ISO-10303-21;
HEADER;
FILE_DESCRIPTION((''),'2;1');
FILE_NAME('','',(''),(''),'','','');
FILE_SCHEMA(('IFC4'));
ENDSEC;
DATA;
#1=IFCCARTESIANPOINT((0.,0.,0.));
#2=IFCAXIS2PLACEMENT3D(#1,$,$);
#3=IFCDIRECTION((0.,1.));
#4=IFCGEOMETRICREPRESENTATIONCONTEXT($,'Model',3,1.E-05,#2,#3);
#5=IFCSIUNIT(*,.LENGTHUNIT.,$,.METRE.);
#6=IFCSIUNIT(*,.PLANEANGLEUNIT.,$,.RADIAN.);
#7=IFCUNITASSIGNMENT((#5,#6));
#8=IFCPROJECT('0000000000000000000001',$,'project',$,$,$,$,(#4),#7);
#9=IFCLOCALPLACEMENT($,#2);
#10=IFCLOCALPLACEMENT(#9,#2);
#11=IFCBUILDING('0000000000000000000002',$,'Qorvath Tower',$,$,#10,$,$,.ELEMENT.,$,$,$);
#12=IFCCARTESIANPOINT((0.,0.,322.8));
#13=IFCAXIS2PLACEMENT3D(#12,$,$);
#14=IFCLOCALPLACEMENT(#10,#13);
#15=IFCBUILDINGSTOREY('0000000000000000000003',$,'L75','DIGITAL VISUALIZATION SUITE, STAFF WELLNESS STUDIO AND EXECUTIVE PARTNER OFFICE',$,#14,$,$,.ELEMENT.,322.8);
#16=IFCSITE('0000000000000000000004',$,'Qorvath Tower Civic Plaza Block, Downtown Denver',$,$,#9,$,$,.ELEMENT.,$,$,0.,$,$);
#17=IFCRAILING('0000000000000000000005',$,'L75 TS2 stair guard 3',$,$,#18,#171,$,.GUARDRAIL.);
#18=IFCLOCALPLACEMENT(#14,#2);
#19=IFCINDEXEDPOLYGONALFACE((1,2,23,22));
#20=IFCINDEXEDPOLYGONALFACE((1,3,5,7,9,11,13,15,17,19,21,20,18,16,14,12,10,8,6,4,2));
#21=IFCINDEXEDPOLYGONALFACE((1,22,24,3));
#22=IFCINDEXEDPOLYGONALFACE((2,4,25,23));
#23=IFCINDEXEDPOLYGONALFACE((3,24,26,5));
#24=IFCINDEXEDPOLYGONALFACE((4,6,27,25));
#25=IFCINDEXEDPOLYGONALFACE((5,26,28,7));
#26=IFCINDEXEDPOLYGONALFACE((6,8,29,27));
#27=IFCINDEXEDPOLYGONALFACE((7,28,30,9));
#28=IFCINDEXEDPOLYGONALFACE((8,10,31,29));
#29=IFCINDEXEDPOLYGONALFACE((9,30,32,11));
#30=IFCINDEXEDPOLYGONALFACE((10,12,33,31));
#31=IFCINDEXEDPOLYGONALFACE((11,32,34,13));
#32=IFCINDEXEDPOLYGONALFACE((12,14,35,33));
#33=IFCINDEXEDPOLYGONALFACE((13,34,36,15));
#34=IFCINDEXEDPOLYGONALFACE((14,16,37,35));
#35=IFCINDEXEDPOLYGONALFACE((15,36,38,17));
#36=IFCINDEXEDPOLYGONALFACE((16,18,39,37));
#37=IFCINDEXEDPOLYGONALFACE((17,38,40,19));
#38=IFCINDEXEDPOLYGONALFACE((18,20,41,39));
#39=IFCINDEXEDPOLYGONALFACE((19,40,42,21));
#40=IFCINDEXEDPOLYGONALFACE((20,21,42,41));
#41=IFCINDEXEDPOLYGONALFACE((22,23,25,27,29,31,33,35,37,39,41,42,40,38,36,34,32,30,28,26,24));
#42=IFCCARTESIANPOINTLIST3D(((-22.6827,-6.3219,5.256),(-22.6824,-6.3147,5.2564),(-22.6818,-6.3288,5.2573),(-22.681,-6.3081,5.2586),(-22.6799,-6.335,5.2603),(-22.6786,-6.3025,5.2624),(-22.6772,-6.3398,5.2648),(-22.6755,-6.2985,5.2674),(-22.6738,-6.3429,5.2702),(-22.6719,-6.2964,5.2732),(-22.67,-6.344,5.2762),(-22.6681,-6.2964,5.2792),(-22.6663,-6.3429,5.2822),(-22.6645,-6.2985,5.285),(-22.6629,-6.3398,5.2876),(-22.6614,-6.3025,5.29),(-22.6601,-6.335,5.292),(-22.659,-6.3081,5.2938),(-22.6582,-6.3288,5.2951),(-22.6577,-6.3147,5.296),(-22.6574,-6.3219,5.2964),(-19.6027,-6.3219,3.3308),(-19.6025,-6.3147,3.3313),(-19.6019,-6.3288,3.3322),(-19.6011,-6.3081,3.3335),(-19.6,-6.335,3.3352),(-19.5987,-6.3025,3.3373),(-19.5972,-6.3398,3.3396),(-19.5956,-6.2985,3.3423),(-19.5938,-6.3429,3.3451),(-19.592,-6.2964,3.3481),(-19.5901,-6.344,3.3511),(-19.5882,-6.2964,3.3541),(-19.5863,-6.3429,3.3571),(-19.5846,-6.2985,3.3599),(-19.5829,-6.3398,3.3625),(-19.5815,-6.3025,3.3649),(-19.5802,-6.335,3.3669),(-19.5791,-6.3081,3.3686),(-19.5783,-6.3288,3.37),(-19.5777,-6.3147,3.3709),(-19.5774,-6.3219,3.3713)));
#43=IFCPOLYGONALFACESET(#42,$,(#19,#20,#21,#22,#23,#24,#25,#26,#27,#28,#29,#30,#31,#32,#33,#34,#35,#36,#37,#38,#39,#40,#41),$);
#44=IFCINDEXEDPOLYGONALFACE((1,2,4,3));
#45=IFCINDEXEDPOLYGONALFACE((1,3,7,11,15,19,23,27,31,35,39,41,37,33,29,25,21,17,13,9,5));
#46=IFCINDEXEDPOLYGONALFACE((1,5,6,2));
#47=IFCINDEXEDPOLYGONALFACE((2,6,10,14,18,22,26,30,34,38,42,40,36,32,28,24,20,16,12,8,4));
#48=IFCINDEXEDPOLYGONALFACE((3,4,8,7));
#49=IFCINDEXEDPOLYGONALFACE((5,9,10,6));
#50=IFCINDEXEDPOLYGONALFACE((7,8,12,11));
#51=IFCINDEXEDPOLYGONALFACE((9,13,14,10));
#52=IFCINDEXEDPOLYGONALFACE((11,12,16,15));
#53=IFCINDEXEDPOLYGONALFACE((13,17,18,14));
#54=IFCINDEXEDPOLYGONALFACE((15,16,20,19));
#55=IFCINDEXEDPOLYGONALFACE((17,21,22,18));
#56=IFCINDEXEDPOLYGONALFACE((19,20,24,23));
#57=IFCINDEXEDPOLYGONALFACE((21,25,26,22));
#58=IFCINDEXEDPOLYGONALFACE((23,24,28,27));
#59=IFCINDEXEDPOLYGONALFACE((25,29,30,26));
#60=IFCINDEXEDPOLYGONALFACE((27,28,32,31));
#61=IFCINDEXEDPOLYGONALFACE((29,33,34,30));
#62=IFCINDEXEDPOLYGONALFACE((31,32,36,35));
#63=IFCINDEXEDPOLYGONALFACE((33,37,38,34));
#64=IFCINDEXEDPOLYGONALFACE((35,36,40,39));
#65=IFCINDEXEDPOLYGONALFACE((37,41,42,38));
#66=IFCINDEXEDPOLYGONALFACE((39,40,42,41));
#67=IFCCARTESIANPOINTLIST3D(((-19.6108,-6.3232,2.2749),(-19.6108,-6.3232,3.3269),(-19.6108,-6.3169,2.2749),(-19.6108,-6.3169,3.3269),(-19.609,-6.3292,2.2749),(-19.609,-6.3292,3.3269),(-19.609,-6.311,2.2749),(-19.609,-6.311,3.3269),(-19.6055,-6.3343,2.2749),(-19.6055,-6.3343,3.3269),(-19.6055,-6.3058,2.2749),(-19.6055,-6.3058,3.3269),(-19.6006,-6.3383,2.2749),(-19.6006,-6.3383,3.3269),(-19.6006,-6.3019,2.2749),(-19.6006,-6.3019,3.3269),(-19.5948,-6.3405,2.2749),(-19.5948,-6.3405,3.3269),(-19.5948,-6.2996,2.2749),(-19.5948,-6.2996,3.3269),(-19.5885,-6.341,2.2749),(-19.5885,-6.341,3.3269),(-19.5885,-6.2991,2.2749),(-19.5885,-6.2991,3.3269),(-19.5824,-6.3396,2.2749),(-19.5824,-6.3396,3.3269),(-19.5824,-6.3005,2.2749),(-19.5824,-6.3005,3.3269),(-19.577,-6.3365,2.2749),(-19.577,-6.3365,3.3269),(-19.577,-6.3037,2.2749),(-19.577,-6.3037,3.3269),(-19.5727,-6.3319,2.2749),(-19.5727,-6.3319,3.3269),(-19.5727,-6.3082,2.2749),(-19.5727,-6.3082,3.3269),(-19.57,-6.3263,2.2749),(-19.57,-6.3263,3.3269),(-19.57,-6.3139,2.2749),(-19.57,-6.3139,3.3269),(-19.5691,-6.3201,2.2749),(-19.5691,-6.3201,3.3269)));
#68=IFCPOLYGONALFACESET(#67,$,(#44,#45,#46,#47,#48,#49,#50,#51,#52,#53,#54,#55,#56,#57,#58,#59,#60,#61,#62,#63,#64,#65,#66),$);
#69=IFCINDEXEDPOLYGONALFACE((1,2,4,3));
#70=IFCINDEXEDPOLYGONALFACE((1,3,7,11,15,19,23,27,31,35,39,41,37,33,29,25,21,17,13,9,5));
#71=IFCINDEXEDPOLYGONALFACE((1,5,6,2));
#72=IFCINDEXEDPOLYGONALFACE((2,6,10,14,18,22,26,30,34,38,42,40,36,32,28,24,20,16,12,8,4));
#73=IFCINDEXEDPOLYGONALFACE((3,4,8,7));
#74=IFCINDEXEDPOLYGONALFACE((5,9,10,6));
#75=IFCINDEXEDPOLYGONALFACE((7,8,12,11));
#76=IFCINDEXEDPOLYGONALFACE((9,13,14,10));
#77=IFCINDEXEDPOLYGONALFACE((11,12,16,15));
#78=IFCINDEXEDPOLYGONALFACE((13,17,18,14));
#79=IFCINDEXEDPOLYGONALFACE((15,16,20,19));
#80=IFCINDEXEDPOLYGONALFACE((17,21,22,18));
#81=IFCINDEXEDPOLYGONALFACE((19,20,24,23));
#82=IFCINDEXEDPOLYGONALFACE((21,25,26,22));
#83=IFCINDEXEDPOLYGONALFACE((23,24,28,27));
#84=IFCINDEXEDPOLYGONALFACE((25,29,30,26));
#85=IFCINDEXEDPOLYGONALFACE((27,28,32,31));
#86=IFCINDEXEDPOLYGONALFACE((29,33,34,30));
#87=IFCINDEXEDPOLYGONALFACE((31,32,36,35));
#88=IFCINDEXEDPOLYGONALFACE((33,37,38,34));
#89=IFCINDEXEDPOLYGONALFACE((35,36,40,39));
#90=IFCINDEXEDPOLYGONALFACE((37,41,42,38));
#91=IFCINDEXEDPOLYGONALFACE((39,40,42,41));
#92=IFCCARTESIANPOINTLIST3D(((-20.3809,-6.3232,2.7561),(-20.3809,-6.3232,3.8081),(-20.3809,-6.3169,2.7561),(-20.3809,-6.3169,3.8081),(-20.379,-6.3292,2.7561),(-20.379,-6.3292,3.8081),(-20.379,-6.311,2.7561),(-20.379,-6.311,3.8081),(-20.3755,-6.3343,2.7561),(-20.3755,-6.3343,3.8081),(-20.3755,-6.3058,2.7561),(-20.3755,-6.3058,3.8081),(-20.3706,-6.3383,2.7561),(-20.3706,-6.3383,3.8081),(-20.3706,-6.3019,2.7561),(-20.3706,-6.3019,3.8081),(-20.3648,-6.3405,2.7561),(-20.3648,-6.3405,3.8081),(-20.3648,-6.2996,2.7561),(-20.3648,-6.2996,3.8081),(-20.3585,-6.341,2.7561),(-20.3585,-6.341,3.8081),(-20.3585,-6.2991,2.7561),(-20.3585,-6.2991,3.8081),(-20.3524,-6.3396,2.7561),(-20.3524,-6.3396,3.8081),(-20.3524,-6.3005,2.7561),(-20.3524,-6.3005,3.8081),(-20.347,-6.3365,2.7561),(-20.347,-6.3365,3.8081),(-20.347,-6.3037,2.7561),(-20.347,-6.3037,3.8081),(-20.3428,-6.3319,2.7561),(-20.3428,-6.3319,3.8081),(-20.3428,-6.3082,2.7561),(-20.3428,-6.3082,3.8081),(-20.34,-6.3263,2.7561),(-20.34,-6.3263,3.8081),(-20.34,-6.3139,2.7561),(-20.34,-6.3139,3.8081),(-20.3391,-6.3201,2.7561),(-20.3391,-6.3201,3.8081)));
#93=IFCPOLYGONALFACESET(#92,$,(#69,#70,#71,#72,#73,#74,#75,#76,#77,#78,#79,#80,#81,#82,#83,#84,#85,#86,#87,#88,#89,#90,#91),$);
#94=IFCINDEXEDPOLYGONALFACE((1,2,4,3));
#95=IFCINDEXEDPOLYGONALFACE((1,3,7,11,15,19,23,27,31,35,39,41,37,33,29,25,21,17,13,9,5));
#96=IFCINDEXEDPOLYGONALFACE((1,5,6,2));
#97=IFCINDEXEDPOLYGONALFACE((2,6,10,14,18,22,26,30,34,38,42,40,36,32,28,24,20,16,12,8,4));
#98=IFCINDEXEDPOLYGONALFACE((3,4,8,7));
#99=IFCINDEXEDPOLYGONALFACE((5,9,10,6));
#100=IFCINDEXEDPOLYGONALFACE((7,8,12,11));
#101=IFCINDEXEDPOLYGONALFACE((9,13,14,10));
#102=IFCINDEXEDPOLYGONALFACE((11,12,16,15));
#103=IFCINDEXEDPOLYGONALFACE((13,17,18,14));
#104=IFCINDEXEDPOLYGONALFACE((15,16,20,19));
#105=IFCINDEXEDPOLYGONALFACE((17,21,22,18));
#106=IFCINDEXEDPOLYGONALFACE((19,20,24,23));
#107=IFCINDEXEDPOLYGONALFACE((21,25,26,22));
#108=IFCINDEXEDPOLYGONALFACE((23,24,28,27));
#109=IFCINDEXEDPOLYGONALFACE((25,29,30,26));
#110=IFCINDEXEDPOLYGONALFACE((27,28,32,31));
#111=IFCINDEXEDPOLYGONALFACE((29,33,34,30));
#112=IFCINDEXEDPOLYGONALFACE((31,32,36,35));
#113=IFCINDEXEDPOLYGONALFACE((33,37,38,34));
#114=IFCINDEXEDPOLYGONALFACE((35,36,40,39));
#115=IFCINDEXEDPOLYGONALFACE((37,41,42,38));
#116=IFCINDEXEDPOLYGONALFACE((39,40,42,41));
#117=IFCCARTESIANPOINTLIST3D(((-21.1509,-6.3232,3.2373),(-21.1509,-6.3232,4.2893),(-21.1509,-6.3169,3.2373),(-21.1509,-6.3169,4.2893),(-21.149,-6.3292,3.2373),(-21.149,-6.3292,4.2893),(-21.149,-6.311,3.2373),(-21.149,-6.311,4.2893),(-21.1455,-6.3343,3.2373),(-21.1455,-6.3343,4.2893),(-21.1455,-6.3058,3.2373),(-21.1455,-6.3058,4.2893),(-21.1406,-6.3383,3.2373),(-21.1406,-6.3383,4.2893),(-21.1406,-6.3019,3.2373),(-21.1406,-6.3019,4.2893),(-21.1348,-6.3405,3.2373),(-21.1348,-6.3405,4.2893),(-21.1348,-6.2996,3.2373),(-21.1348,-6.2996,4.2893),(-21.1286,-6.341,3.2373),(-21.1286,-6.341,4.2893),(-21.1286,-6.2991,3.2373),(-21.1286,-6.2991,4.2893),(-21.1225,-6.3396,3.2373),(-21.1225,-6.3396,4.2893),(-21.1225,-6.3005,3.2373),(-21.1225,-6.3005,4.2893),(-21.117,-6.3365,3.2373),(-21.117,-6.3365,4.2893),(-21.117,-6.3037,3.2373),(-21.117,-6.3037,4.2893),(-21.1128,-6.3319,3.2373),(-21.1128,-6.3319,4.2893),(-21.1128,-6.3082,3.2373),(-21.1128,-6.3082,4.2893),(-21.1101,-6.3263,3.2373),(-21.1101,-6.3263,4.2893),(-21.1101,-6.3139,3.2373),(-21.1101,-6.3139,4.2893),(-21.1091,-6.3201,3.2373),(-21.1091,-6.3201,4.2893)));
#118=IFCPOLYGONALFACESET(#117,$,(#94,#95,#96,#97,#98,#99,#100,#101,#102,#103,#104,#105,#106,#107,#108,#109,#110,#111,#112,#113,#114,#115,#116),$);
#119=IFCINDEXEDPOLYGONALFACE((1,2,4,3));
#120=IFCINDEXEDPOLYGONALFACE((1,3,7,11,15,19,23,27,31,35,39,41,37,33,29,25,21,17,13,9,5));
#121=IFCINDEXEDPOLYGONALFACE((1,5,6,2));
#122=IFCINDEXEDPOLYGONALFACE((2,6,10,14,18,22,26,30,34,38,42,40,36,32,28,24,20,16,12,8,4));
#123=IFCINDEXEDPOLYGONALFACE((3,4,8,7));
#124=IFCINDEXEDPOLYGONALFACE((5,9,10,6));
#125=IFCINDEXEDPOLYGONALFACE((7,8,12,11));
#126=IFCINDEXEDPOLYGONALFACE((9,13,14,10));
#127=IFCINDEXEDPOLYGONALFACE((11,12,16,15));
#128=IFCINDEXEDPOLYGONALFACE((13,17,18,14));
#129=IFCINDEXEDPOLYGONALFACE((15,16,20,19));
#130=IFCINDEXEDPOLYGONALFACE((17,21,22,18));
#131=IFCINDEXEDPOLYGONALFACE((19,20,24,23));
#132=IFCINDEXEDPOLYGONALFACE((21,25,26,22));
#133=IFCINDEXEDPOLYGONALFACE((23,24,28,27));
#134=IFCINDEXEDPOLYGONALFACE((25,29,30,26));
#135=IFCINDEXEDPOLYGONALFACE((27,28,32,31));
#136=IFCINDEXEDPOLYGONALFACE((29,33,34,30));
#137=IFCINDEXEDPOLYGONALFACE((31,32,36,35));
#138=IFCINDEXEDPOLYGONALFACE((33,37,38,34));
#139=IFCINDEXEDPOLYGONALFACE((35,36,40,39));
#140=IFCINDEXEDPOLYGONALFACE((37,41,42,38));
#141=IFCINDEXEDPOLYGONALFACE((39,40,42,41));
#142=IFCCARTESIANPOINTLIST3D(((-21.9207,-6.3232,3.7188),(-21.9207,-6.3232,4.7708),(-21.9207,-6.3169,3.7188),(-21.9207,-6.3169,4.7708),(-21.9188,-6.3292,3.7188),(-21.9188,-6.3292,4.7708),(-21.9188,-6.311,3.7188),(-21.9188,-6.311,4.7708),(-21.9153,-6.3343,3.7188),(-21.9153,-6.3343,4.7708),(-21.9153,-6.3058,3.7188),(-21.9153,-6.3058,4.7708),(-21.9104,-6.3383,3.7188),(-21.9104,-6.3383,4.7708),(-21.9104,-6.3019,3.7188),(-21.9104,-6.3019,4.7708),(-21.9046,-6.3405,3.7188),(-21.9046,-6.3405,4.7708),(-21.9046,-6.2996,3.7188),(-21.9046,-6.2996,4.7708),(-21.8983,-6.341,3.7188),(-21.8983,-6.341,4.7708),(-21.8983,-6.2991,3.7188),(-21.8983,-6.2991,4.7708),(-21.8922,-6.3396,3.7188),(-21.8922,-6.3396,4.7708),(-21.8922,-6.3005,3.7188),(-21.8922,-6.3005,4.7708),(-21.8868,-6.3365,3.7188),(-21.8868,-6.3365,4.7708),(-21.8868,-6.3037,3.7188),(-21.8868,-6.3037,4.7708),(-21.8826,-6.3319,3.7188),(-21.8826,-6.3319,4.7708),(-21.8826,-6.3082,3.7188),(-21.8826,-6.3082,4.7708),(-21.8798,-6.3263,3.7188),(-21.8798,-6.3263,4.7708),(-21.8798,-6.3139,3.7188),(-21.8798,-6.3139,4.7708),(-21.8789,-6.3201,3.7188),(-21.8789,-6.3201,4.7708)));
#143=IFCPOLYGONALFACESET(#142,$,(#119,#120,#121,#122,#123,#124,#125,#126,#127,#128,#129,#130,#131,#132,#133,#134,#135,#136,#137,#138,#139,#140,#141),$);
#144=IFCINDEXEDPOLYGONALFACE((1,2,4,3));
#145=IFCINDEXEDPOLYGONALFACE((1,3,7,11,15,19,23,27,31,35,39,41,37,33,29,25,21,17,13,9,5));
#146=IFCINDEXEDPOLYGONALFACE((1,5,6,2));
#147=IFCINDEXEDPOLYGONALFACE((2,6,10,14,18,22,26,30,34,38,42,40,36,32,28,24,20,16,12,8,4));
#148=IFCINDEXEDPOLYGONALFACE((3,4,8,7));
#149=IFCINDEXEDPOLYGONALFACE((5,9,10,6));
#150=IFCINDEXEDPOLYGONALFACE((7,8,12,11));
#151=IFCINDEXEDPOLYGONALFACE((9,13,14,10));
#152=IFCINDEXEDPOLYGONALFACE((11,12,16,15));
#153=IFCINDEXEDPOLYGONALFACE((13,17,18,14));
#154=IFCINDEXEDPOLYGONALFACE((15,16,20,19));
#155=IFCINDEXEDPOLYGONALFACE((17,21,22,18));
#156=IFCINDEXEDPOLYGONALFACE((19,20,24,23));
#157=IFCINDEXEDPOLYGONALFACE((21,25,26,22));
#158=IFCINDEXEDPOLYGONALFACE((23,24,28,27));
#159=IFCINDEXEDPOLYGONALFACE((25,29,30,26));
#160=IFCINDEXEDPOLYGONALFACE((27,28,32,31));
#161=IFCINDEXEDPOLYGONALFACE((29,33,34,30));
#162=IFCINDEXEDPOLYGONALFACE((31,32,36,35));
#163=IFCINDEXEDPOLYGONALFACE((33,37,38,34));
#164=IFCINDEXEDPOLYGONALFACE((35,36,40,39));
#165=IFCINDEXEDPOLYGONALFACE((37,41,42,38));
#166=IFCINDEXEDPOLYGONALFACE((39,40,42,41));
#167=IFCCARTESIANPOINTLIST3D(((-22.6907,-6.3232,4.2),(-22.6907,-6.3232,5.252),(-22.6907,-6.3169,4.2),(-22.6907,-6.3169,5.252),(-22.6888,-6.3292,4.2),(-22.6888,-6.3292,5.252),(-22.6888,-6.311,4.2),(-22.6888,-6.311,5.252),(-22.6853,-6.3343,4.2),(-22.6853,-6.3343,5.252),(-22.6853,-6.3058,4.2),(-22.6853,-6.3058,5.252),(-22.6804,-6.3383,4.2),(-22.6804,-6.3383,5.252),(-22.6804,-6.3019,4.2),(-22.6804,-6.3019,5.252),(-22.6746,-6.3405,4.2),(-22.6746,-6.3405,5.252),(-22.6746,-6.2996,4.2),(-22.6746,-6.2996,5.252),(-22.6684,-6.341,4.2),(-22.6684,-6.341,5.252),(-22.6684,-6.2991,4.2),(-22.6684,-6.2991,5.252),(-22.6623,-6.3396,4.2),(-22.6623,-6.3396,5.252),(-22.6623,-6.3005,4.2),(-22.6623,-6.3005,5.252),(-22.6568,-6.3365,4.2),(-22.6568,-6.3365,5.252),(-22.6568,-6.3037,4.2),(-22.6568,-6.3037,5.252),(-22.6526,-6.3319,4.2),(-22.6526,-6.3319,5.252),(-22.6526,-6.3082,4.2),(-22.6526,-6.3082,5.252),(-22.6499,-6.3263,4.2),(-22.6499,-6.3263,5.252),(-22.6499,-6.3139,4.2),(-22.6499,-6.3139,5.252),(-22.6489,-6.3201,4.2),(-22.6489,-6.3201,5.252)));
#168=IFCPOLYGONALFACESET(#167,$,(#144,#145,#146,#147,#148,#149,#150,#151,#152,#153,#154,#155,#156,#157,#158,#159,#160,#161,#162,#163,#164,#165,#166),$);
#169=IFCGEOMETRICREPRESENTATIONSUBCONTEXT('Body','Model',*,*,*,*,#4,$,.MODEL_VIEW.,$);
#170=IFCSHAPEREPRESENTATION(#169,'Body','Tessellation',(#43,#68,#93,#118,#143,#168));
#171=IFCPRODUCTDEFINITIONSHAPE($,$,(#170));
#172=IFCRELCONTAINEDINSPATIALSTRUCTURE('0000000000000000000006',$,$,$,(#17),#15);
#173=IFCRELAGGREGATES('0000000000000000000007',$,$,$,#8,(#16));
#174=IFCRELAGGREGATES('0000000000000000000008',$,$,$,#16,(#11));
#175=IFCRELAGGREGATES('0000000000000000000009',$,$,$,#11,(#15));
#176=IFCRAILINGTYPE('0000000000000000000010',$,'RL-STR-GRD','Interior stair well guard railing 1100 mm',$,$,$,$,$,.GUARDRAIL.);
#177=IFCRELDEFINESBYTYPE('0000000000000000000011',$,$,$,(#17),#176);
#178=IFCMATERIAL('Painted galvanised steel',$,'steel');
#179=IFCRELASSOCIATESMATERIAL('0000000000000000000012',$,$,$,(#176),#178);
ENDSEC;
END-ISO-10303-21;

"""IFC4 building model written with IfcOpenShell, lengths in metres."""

from ifc_helpers import new_model, si_unit, direction, frame, origin, origin_2d, place, context, subcontext, project, spatial, circle, extrude, material, type_object, element, save


model = new_model("IFC4")

# Units and contexts
model_context = context("Model", 3, precision=1e-05, world=origin(), true_north=direction((0.0, 1.0)))
body_context = subcontext(model_context, "Body", "Model", "MODEL_VIEW")
ifc_project = project(units=[si_unit("LENGTHUNIT", "METRE"), si_unit("PLANEANGLEUNIT", "RADIAN")], contexts=[model_context])

# Site, building, storey
site_placement = place(None, origin())
site = spatial("IfcSite", under=ifc_project, at=site_placement, Name="Qorvath Tower Civic Plaza Block, Downtown Denver", CompositionType="ELEMENT", RefElevation=0.0)
building_placement = place(site_placement, origin())
building = spatial("IfcBuilding", under=site, at=building_placement, Name="Qorvath Tower", CompositionType="ELEMENT")
storey_placement = place(building_placement, frame((0.0, 0.0, 322.8)))
storey = spatial("IfcBuildingStorey", under=building, at=storey_placement, Name="L75", Description="DIGITAL VISUALIZATION SUITE, STAFF WELLNESS STUDIO AND EXECUTIVE PARTNER OFFICE", CompositionType="ELEMENT", Elevation=322.8)

# Railing
ifc_material_1 = material(Name="Painted galvanised steel", Category="steel")
railing_type_1 = type_object("IfcRailingType", Name="RL-STR-GRD", Description="Interior stair well guard railing 1100 mm", PredefinedType="GUARDRAIL", material=ifc_material_1)
railing_1_placement = place(storey_placement, frame((-19.5901, -6.3201, 2.2749)))
element("IfcRailing", 1, at=railing_1_placement, inside=storey, type_object=railing_type_1, Name="L75 TS2 stair guard 3", PredefinedType="GUARDRAIL", context=body_context, shape_type="SweptSolid", body=[
    extrude(circle(Radius=0.0239, at=origin_2d()), frame((0.0, 0.0, 1.0762), z_axis=(-0.847979, 0.0, 0.530029), x_axis=(0.0, -1.0, 0.0)), (0.0, 0.0, 1.0), 3.6321),
    extrude(circle(Radius=0.021, at=origin_2d()), origin(), (0.0, 0.0, 1.0), 1.052),
    extrude(circle(Radius=0.021, at=origin_2d()), frame((-0.77, 0.0, 0.4812)), (0.0, 0.0, 1.0), 1.052),
    extrude(circle(Radius=0.021, at=origin_2d()), frame((-1.54, 0.0, 0.9624)), (0.0, 0.0, 1.0), 1.052),
    extrude(circle(Radius=0.021, at=origin_2d()), frame((-2.3098, 0.0, 1.4438)), (0.0, 0.0, 1.0), 1.052),
    extrude(circle(Radius=0.021, at=origin_2d()), frame((-3.0798, 0.0, 1.925)), (0.0, 0.0, 1.0), 1.052),
])

save(model, "model.ifc")
